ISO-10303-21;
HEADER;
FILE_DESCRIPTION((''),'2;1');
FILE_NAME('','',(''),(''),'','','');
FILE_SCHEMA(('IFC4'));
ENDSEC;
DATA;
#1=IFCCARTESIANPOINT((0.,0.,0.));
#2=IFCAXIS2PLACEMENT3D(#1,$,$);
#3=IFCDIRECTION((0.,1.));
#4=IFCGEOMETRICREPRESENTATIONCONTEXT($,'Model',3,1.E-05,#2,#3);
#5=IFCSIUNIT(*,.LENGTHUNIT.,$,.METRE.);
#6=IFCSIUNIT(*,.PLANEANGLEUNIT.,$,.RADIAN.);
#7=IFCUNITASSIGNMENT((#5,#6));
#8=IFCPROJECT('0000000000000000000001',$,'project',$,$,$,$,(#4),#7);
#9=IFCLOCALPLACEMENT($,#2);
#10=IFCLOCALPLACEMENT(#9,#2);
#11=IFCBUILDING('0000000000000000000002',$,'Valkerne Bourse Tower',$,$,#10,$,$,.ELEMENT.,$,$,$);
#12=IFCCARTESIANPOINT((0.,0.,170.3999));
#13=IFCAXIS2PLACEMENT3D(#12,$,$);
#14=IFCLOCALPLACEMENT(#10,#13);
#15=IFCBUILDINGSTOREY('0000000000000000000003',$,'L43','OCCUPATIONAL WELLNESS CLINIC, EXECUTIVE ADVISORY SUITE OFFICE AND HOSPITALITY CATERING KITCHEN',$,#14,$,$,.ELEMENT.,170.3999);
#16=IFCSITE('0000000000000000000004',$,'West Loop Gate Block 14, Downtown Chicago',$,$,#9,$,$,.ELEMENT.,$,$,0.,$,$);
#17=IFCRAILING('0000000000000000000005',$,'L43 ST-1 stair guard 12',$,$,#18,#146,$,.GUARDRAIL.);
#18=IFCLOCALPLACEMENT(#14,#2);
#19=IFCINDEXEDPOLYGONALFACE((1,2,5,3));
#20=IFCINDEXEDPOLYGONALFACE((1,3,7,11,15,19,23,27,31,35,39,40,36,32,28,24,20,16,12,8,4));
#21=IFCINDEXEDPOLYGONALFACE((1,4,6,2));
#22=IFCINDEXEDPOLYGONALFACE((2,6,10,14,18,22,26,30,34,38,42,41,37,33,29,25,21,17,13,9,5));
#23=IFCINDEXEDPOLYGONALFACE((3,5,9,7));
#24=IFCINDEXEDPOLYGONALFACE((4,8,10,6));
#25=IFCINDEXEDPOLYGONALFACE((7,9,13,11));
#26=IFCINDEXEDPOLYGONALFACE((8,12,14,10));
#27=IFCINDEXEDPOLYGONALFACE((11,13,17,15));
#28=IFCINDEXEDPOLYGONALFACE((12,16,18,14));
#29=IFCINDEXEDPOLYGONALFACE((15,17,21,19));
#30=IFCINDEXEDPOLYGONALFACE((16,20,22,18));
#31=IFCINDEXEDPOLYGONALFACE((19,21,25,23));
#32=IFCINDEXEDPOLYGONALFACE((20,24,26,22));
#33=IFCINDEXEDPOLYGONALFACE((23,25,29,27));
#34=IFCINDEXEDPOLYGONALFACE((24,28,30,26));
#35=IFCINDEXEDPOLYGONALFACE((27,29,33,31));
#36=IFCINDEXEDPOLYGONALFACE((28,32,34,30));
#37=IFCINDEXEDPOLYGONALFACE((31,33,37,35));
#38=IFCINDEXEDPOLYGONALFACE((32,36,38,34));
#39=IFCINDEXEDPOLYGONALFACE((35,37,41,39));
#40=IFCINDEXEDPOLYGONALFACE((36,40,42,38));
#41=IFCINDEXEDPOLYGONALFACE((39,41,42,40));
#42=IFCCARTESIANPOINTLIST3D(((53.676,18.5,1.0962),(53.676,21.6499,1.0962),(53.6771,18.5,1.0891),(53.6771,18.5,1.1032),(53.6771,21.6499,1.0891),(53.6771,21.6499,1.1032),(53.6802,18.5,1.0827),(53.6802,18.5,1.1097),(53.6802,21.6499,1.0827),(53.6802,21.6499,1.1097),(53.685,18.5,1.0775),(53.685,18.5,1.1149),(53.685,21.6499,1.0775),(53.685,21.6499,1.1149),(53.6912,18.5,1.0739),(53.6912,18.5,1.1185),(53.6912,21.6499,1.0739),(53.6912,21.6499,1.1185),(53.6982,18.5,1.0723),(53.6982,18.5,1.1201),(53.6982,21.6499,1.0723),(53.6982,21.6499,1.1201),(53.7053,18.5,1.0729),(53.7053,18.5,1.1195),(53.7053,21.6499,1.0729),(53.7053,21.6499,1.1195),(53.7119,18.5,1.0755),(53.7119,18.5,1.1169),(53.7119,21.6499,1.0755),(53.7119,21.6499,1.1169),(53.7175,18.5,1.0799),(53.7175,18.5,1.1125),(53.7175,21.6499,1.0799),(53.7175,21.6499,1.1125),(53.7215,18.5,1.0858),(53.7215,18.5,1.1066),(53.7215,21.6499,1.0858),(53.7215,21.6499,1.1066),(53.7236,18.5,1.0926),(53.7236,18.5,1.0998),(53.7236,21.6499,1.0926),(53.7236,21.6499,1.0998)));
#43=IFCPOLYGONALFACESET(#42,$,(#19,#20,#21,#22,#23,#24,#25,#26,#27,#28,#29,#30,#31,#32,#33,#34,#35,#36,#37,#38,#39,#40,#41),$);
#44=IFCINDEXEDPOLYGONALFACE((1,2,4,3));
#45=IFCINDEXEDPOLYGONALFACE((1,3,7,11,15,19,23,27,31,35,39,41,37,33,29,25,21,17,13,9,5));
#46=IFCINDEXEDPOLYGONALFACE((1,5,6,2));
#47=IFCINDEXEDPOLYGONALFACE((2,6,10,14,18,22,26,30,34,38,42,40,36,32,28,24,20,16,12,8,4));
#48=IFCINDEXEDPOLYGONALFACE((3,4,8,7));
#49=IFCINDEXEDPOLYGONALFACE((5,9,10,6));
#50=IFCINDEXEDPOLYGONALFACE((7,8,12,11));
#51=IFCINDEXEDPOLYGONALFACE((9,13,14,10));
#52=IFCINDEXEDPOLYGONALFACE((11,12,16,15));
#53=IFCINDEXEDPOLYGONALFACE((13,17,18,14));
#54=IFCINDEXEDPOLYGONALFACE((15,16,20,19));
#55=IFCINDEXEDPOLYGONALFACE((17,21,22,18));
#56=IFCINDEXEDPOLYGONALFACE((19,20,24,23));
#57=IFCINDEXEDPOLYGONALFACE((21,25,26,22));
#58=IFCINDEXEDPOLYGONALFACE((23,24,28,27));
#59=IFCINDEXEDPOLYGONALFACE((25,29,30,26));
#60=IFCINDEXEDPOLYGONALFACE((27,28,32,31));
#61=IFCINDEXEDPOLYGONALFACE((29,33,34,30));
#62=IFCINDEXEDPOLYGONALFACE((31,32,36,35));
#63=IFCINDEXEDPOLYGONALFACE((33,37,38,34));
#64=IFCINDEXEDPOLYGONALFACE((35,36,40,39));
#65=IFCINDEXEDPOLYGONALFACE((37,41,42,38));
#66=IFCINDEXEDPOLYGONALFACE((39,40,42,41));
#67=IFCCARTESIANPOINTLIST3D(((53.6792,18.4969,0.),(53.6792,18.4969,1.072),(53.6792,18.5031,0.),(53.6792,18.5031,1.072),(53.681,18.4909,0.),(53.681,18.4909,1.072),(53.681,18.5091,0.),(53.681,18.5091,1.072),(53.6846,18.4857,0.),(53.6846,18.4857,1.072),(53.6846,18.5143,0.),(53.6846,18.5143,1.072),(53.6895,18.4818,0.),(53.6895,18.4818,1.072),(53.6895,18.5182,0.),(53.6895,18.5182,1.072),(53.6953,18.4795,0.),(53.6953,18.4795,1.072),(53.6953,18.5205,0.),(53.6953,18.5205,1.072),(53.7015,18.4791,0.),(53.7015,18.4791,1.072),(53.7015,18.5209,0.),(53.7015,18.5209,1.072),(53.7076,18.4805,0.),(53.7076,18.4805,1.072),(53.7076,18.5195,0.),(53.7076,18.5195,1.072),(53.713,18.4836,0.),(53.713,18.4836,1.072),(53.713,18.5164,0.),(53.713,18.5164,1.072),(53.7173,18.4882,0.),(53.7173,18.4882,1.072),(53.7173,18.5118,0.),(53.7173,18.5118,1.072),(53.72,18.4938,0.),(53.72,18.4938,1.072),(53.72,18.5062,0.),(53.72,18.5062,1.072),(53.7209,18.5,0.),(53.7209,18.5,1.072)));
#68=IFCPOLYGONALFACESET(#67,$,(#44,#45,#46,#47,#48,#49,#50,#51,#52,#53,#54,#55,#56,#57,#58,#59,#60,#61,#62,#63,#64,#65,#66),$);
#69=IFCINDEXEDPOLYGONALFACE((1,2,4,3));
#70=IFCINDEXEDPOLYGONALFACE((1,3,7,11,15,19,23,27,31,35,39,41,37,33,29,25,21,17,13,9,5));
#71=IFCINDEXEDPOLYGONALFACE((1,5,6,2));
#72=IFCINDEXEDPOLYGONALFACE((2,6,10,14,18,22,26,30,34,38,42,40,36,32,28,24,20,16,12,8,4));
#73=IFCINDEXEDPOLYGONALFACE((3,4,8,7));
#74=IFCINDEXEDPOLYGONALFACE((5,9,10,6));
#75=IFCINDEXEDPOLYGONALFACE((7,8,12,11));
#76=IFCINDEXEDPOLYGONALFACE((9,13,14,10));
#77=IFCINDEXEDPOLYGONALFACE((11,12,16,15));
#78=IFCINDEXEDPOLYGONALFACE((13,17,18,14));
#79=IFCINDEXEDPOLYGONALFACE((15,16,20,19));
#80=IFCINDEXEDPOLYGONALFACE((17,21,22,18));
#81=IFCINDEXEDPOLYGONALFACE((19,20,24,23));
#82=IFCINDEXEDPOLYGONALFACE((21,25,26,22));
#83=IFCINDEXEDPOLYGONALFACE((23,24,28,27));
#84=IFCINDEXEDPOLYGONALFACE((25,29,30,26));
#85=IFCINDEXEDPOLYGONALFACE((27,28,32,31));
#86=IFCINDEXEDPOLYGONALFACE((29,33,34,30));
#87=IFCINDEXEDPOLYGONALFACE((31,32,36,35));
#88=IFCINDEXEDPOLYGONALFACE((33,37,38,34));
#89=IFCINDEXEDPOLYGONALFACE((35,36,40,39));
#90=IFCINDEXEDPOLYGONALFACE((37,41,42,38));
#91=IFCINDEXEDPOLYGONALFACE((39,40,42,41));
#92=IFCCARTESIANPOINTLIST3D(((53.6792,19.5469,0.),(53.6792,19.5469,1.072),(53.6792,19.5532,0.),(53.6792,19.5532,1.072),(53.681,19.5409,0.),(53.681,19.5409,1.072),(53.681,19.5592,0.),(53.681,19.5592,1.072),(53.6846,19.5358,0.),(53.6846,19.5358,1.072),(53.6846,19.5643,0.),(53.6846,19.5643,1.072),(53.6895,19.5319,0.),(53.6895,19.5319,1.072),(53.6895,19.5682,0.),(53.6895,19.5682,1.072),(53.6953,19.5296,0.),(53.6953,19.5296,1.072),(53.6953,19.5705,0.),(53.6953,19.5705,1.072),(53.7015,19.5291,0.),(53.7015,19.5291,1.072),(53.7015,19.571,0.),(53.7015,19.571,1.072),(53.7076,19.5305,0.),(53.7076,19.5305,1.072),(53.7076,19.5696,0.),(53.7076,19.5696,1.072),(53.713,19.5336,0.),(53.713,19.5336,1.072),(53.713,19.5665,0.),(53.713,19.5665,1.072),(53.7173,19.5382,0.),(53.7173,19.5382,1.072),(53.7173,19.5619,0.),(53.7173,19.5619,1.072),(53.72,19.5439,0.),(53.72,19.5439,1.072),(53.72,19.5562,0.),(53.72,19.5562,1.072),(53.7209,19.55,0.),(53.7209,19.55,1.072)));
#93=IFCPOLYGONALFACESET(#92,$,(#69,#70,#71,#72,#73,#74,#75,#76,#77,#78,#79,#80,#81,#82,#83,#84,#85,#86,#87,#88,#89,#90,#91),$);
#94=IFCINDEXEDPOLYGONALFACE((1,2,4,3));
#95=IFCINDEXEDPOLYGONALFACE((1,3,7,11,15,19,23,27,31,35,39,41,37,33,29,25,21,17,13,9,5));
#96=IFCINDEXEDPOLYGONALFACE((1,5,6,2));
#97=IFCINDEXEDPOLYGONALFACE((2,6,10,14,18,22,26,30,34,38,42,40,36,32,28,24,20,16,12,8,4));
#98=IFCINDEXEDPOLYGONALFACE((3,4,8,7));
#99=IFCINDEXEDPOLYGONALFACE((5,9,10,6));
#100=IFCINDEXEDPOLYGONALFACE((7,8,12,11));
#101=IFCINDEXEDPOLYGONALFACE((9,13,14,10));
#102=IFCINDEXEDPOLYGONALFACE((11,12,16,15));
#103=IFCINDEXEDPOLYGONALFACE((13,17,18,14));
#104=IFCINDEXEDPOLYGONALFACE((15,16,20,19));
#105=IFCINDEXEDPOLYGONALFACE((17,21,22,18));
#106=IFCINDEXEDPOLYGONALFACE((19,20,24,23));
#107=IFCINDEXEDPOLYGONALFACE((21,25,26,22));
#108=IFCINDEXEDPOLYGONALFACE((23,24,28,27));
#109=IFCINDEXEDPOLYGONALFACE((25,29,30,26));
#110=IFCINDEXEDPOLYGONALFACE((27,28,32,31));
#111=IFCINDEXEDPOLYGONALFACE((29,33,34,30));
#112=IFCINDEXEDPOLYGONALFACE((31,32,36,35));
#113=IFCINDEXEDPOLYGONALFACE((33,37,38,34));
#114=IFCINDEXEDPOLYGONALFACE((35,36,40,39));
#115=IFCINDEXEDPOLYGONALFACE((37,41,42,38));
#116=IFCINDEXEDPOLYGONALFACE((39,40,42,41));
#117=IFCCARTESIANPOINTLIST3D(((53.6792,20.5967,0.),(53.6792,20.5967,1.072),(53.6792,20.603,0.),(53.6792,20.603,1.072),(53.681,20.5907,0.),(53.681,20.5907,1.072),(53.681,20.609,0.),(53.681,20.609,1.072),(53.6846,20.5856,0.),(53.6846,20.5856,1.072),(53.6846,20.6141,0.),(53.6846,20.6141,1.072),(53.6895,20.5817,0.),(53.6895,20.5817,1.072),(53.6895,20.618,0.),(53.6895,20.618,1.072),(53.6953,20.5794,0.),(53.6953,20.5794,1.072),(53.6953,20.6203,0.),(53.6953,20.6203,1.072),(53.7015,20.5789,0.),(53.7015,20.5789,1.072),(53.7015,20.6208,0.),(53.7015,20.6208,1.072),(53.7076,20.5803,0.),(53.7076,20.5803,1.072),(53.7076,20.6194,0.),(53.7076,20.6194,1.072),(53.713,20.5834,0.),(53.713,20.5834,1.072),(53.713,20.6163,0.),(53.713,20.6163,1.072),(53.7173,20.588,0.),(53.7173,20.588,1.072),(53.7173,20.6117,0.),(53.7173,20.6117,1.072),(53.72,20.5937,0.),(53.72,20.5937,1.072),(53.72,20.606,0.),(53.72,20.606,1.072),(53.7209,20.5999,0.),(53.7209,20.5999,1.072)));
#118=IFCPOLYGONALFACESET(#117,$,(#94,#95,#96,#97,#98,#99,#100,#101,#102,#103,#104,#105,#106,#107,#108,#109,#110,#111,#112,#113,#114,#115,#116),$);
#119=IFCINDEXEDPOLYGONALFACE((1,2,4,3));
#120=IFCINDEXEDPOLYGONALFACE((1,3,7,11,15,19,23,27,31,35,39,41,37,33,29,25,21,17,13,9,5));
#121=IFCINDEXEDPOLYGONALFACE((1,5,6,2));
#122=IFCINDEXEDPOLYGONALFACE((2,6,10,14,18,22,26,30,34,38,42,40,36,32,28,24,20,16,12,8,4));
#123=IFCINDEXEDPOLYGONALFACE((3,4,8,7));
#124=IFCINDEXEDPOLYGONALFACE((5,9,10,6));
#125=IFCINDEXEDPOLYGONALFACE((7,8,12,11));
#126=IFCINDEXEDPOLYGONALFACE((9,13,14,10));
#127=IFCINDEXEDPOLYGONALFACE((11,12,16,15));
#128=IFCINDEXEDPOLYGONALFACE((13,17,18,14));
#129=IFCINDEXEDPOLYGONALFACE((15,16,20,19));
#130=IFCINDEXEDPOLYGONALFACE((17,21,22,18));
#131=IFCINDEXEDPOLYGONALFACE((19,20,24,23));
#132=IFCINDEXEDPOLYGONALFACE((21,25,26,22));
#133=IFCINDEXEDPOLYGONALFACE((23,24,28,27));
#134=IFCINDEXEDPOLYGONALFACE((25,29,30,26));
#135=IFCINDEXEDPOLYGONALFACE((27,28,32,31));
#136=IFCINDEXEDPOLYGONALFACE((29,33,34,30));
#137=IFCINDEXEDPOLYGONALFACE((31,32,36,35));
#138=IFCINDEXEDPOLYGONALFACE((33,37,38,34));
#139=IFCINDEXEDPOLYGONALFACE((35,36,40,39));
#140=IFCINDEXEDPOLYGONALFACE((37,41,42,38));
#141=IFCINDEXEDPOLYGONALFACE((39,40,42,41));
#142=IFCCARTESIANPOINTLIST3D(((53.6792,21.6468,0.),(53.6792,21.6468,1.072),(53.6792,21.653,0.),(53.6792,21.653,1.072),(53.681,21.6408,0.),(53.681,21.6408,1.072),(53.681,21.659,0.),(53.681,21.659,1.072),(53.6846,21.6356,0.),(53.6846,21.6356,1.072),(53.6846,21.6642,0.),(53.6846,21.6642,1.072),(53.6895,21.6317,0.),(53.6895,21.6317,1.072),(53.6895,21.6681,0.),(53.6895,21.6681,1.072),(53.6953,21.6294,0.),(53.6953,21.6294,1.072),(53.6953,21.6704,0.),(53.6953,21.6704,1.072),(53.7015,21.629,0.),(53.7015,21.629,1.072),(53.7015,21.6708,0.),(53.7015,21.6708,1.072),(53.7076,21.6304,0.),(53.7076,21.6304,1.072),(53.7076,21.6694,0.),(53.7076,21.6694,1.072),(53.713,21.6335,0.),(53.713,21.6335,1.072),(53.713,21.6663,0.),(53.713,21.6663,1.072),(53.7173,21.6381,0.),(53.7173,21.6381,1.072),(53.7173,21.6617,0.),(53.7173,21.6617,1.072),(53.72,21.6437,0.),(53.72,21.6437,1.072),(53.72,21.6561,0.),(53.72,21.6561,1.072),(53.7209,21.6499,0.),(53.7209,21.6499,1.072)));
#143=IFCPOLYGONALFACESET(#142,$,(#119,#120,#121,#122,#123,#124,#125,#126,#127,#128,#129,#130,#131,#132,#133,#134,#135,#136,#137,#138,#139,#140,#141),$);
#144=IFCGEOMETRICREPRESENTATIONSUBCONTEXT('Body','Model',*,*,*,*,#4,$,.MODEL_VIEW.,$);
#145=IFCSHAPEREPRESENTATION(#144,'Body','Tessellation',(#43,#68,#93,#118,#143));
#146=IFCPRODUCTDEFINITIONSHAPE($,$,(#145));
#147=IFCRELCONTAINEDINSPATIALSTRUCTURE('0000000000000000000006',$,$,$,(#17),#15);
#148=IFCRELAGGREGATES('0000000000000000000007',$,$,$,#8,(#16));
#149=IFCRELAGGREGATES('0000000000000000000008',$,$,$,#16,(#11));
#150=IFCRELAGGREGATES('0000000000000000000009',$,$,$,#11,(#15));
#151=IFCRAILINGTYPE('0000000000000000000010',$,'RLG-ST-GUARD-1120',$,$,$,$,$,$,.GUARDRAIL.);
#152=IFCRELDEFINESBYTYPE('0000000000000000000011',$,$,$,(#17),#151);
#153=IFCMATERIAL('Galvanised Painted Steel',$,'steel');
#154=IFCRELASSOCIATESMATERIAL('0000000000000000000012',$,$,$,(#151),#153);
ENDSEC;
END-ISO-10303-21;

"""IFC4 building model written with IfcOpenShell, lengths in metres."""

from ifc_helpers import new_model, si_unit, direction, frame, origin, origin_2d, place, context, subcontext, project, spatial, circle, extrude, material, type_object, element, save


model = new_model("IFC4")

# Units and contexts
model_context = context("Model", 3, precision=1e-05, world=origin(), true_north=direction((0.0, 1.0)))
body_context = subcontext(model_context, "Body", "Model", "MODEL_VIEW")
ifc_project = project(units=[si_unit("LENGTHUNIT", "METRE"), si_unit("PLANEANGLEUNIT", "RADIAN")], contexts=[model_context])

# Site, building, storey
site_placement = place(None, origin())
site = spatial("IfcSite", under=ifc_project, at=site_placement, Name="West Loop Gate Block 14, Downtown Chicago", CompositionType="ELEMENT", RefElevation=0.0)
building_placement = place(site_placement, origin())
building = spatial("IfcBuilding", under=site, at=building_placement, Name="Valkerne Bourse Tower", CompositionType="ELEMENT")
storey_placement = place(building_placement, frame((0.0, 0.0, 170.3999)))
storey = spatial("IfcBuildingStorey", under=building, at=storey_placement, Name="L43", Description="OCCUPATIONAL WELLNESS CLINIC, EXECUTIVE ADVISORY SUITE OFFICE AND HOSPITALITY CATERING KITCHEN", CompositionType="ELEMENT", Elevation=170.3999)

# Railing
ifc_material_1 = material(Name="Galvanised Painted Steel", Category="steel")
railing_type = type_object("IfcRailingType", Name="RLG-ST-GUARD-1120", PredefinedType="GUARDRAIL", material=ifc_material_1)
railing_1_placement = place(storey_placement, frame((53.7, 18.5, 0.0)))
element("IfcRailing", 1, at=railing_1_placement, inside=storey, type_object=railing_type, Name="L43 ST-1 stair guard 12", PredefinedType="GUARDRAIL", context=body_context, shape_type="SweptSolid", body=[
    extrude(circle(Radius=0.0239, at=origin_2d()), frame((0.0, 0.0, 1.0962), z_axis=(0.0, 1.0, 0.0), x_axis=(-1.0, 0.0, 0.0)), (0.0, 0.0, 1.0), 3.1499),
    extrude(circle(Radius=0.021, at=origin_2d()), origin(), (0.0, 0.0, 1.0), 1.072),
    extrude(circle(Radius=0.021, at=origin_2d()), frame((0.0, 1.05, 0.0)), (0.0, 0.0, 1.0), 1.072),
    extrude(circle(Radius=0.021, at=origin_2d()), frame((0.0, 2.0999, 0.0)), (0.0, 0.0, 1.0), 1.072),
    extrude(circle(Radius=0.021, at=origin_2d()), frame((0.0, 3.1499, 0.0)), (0.0, 0.0, 1.0), 1.072),
])

save(model, "model.ifc")
